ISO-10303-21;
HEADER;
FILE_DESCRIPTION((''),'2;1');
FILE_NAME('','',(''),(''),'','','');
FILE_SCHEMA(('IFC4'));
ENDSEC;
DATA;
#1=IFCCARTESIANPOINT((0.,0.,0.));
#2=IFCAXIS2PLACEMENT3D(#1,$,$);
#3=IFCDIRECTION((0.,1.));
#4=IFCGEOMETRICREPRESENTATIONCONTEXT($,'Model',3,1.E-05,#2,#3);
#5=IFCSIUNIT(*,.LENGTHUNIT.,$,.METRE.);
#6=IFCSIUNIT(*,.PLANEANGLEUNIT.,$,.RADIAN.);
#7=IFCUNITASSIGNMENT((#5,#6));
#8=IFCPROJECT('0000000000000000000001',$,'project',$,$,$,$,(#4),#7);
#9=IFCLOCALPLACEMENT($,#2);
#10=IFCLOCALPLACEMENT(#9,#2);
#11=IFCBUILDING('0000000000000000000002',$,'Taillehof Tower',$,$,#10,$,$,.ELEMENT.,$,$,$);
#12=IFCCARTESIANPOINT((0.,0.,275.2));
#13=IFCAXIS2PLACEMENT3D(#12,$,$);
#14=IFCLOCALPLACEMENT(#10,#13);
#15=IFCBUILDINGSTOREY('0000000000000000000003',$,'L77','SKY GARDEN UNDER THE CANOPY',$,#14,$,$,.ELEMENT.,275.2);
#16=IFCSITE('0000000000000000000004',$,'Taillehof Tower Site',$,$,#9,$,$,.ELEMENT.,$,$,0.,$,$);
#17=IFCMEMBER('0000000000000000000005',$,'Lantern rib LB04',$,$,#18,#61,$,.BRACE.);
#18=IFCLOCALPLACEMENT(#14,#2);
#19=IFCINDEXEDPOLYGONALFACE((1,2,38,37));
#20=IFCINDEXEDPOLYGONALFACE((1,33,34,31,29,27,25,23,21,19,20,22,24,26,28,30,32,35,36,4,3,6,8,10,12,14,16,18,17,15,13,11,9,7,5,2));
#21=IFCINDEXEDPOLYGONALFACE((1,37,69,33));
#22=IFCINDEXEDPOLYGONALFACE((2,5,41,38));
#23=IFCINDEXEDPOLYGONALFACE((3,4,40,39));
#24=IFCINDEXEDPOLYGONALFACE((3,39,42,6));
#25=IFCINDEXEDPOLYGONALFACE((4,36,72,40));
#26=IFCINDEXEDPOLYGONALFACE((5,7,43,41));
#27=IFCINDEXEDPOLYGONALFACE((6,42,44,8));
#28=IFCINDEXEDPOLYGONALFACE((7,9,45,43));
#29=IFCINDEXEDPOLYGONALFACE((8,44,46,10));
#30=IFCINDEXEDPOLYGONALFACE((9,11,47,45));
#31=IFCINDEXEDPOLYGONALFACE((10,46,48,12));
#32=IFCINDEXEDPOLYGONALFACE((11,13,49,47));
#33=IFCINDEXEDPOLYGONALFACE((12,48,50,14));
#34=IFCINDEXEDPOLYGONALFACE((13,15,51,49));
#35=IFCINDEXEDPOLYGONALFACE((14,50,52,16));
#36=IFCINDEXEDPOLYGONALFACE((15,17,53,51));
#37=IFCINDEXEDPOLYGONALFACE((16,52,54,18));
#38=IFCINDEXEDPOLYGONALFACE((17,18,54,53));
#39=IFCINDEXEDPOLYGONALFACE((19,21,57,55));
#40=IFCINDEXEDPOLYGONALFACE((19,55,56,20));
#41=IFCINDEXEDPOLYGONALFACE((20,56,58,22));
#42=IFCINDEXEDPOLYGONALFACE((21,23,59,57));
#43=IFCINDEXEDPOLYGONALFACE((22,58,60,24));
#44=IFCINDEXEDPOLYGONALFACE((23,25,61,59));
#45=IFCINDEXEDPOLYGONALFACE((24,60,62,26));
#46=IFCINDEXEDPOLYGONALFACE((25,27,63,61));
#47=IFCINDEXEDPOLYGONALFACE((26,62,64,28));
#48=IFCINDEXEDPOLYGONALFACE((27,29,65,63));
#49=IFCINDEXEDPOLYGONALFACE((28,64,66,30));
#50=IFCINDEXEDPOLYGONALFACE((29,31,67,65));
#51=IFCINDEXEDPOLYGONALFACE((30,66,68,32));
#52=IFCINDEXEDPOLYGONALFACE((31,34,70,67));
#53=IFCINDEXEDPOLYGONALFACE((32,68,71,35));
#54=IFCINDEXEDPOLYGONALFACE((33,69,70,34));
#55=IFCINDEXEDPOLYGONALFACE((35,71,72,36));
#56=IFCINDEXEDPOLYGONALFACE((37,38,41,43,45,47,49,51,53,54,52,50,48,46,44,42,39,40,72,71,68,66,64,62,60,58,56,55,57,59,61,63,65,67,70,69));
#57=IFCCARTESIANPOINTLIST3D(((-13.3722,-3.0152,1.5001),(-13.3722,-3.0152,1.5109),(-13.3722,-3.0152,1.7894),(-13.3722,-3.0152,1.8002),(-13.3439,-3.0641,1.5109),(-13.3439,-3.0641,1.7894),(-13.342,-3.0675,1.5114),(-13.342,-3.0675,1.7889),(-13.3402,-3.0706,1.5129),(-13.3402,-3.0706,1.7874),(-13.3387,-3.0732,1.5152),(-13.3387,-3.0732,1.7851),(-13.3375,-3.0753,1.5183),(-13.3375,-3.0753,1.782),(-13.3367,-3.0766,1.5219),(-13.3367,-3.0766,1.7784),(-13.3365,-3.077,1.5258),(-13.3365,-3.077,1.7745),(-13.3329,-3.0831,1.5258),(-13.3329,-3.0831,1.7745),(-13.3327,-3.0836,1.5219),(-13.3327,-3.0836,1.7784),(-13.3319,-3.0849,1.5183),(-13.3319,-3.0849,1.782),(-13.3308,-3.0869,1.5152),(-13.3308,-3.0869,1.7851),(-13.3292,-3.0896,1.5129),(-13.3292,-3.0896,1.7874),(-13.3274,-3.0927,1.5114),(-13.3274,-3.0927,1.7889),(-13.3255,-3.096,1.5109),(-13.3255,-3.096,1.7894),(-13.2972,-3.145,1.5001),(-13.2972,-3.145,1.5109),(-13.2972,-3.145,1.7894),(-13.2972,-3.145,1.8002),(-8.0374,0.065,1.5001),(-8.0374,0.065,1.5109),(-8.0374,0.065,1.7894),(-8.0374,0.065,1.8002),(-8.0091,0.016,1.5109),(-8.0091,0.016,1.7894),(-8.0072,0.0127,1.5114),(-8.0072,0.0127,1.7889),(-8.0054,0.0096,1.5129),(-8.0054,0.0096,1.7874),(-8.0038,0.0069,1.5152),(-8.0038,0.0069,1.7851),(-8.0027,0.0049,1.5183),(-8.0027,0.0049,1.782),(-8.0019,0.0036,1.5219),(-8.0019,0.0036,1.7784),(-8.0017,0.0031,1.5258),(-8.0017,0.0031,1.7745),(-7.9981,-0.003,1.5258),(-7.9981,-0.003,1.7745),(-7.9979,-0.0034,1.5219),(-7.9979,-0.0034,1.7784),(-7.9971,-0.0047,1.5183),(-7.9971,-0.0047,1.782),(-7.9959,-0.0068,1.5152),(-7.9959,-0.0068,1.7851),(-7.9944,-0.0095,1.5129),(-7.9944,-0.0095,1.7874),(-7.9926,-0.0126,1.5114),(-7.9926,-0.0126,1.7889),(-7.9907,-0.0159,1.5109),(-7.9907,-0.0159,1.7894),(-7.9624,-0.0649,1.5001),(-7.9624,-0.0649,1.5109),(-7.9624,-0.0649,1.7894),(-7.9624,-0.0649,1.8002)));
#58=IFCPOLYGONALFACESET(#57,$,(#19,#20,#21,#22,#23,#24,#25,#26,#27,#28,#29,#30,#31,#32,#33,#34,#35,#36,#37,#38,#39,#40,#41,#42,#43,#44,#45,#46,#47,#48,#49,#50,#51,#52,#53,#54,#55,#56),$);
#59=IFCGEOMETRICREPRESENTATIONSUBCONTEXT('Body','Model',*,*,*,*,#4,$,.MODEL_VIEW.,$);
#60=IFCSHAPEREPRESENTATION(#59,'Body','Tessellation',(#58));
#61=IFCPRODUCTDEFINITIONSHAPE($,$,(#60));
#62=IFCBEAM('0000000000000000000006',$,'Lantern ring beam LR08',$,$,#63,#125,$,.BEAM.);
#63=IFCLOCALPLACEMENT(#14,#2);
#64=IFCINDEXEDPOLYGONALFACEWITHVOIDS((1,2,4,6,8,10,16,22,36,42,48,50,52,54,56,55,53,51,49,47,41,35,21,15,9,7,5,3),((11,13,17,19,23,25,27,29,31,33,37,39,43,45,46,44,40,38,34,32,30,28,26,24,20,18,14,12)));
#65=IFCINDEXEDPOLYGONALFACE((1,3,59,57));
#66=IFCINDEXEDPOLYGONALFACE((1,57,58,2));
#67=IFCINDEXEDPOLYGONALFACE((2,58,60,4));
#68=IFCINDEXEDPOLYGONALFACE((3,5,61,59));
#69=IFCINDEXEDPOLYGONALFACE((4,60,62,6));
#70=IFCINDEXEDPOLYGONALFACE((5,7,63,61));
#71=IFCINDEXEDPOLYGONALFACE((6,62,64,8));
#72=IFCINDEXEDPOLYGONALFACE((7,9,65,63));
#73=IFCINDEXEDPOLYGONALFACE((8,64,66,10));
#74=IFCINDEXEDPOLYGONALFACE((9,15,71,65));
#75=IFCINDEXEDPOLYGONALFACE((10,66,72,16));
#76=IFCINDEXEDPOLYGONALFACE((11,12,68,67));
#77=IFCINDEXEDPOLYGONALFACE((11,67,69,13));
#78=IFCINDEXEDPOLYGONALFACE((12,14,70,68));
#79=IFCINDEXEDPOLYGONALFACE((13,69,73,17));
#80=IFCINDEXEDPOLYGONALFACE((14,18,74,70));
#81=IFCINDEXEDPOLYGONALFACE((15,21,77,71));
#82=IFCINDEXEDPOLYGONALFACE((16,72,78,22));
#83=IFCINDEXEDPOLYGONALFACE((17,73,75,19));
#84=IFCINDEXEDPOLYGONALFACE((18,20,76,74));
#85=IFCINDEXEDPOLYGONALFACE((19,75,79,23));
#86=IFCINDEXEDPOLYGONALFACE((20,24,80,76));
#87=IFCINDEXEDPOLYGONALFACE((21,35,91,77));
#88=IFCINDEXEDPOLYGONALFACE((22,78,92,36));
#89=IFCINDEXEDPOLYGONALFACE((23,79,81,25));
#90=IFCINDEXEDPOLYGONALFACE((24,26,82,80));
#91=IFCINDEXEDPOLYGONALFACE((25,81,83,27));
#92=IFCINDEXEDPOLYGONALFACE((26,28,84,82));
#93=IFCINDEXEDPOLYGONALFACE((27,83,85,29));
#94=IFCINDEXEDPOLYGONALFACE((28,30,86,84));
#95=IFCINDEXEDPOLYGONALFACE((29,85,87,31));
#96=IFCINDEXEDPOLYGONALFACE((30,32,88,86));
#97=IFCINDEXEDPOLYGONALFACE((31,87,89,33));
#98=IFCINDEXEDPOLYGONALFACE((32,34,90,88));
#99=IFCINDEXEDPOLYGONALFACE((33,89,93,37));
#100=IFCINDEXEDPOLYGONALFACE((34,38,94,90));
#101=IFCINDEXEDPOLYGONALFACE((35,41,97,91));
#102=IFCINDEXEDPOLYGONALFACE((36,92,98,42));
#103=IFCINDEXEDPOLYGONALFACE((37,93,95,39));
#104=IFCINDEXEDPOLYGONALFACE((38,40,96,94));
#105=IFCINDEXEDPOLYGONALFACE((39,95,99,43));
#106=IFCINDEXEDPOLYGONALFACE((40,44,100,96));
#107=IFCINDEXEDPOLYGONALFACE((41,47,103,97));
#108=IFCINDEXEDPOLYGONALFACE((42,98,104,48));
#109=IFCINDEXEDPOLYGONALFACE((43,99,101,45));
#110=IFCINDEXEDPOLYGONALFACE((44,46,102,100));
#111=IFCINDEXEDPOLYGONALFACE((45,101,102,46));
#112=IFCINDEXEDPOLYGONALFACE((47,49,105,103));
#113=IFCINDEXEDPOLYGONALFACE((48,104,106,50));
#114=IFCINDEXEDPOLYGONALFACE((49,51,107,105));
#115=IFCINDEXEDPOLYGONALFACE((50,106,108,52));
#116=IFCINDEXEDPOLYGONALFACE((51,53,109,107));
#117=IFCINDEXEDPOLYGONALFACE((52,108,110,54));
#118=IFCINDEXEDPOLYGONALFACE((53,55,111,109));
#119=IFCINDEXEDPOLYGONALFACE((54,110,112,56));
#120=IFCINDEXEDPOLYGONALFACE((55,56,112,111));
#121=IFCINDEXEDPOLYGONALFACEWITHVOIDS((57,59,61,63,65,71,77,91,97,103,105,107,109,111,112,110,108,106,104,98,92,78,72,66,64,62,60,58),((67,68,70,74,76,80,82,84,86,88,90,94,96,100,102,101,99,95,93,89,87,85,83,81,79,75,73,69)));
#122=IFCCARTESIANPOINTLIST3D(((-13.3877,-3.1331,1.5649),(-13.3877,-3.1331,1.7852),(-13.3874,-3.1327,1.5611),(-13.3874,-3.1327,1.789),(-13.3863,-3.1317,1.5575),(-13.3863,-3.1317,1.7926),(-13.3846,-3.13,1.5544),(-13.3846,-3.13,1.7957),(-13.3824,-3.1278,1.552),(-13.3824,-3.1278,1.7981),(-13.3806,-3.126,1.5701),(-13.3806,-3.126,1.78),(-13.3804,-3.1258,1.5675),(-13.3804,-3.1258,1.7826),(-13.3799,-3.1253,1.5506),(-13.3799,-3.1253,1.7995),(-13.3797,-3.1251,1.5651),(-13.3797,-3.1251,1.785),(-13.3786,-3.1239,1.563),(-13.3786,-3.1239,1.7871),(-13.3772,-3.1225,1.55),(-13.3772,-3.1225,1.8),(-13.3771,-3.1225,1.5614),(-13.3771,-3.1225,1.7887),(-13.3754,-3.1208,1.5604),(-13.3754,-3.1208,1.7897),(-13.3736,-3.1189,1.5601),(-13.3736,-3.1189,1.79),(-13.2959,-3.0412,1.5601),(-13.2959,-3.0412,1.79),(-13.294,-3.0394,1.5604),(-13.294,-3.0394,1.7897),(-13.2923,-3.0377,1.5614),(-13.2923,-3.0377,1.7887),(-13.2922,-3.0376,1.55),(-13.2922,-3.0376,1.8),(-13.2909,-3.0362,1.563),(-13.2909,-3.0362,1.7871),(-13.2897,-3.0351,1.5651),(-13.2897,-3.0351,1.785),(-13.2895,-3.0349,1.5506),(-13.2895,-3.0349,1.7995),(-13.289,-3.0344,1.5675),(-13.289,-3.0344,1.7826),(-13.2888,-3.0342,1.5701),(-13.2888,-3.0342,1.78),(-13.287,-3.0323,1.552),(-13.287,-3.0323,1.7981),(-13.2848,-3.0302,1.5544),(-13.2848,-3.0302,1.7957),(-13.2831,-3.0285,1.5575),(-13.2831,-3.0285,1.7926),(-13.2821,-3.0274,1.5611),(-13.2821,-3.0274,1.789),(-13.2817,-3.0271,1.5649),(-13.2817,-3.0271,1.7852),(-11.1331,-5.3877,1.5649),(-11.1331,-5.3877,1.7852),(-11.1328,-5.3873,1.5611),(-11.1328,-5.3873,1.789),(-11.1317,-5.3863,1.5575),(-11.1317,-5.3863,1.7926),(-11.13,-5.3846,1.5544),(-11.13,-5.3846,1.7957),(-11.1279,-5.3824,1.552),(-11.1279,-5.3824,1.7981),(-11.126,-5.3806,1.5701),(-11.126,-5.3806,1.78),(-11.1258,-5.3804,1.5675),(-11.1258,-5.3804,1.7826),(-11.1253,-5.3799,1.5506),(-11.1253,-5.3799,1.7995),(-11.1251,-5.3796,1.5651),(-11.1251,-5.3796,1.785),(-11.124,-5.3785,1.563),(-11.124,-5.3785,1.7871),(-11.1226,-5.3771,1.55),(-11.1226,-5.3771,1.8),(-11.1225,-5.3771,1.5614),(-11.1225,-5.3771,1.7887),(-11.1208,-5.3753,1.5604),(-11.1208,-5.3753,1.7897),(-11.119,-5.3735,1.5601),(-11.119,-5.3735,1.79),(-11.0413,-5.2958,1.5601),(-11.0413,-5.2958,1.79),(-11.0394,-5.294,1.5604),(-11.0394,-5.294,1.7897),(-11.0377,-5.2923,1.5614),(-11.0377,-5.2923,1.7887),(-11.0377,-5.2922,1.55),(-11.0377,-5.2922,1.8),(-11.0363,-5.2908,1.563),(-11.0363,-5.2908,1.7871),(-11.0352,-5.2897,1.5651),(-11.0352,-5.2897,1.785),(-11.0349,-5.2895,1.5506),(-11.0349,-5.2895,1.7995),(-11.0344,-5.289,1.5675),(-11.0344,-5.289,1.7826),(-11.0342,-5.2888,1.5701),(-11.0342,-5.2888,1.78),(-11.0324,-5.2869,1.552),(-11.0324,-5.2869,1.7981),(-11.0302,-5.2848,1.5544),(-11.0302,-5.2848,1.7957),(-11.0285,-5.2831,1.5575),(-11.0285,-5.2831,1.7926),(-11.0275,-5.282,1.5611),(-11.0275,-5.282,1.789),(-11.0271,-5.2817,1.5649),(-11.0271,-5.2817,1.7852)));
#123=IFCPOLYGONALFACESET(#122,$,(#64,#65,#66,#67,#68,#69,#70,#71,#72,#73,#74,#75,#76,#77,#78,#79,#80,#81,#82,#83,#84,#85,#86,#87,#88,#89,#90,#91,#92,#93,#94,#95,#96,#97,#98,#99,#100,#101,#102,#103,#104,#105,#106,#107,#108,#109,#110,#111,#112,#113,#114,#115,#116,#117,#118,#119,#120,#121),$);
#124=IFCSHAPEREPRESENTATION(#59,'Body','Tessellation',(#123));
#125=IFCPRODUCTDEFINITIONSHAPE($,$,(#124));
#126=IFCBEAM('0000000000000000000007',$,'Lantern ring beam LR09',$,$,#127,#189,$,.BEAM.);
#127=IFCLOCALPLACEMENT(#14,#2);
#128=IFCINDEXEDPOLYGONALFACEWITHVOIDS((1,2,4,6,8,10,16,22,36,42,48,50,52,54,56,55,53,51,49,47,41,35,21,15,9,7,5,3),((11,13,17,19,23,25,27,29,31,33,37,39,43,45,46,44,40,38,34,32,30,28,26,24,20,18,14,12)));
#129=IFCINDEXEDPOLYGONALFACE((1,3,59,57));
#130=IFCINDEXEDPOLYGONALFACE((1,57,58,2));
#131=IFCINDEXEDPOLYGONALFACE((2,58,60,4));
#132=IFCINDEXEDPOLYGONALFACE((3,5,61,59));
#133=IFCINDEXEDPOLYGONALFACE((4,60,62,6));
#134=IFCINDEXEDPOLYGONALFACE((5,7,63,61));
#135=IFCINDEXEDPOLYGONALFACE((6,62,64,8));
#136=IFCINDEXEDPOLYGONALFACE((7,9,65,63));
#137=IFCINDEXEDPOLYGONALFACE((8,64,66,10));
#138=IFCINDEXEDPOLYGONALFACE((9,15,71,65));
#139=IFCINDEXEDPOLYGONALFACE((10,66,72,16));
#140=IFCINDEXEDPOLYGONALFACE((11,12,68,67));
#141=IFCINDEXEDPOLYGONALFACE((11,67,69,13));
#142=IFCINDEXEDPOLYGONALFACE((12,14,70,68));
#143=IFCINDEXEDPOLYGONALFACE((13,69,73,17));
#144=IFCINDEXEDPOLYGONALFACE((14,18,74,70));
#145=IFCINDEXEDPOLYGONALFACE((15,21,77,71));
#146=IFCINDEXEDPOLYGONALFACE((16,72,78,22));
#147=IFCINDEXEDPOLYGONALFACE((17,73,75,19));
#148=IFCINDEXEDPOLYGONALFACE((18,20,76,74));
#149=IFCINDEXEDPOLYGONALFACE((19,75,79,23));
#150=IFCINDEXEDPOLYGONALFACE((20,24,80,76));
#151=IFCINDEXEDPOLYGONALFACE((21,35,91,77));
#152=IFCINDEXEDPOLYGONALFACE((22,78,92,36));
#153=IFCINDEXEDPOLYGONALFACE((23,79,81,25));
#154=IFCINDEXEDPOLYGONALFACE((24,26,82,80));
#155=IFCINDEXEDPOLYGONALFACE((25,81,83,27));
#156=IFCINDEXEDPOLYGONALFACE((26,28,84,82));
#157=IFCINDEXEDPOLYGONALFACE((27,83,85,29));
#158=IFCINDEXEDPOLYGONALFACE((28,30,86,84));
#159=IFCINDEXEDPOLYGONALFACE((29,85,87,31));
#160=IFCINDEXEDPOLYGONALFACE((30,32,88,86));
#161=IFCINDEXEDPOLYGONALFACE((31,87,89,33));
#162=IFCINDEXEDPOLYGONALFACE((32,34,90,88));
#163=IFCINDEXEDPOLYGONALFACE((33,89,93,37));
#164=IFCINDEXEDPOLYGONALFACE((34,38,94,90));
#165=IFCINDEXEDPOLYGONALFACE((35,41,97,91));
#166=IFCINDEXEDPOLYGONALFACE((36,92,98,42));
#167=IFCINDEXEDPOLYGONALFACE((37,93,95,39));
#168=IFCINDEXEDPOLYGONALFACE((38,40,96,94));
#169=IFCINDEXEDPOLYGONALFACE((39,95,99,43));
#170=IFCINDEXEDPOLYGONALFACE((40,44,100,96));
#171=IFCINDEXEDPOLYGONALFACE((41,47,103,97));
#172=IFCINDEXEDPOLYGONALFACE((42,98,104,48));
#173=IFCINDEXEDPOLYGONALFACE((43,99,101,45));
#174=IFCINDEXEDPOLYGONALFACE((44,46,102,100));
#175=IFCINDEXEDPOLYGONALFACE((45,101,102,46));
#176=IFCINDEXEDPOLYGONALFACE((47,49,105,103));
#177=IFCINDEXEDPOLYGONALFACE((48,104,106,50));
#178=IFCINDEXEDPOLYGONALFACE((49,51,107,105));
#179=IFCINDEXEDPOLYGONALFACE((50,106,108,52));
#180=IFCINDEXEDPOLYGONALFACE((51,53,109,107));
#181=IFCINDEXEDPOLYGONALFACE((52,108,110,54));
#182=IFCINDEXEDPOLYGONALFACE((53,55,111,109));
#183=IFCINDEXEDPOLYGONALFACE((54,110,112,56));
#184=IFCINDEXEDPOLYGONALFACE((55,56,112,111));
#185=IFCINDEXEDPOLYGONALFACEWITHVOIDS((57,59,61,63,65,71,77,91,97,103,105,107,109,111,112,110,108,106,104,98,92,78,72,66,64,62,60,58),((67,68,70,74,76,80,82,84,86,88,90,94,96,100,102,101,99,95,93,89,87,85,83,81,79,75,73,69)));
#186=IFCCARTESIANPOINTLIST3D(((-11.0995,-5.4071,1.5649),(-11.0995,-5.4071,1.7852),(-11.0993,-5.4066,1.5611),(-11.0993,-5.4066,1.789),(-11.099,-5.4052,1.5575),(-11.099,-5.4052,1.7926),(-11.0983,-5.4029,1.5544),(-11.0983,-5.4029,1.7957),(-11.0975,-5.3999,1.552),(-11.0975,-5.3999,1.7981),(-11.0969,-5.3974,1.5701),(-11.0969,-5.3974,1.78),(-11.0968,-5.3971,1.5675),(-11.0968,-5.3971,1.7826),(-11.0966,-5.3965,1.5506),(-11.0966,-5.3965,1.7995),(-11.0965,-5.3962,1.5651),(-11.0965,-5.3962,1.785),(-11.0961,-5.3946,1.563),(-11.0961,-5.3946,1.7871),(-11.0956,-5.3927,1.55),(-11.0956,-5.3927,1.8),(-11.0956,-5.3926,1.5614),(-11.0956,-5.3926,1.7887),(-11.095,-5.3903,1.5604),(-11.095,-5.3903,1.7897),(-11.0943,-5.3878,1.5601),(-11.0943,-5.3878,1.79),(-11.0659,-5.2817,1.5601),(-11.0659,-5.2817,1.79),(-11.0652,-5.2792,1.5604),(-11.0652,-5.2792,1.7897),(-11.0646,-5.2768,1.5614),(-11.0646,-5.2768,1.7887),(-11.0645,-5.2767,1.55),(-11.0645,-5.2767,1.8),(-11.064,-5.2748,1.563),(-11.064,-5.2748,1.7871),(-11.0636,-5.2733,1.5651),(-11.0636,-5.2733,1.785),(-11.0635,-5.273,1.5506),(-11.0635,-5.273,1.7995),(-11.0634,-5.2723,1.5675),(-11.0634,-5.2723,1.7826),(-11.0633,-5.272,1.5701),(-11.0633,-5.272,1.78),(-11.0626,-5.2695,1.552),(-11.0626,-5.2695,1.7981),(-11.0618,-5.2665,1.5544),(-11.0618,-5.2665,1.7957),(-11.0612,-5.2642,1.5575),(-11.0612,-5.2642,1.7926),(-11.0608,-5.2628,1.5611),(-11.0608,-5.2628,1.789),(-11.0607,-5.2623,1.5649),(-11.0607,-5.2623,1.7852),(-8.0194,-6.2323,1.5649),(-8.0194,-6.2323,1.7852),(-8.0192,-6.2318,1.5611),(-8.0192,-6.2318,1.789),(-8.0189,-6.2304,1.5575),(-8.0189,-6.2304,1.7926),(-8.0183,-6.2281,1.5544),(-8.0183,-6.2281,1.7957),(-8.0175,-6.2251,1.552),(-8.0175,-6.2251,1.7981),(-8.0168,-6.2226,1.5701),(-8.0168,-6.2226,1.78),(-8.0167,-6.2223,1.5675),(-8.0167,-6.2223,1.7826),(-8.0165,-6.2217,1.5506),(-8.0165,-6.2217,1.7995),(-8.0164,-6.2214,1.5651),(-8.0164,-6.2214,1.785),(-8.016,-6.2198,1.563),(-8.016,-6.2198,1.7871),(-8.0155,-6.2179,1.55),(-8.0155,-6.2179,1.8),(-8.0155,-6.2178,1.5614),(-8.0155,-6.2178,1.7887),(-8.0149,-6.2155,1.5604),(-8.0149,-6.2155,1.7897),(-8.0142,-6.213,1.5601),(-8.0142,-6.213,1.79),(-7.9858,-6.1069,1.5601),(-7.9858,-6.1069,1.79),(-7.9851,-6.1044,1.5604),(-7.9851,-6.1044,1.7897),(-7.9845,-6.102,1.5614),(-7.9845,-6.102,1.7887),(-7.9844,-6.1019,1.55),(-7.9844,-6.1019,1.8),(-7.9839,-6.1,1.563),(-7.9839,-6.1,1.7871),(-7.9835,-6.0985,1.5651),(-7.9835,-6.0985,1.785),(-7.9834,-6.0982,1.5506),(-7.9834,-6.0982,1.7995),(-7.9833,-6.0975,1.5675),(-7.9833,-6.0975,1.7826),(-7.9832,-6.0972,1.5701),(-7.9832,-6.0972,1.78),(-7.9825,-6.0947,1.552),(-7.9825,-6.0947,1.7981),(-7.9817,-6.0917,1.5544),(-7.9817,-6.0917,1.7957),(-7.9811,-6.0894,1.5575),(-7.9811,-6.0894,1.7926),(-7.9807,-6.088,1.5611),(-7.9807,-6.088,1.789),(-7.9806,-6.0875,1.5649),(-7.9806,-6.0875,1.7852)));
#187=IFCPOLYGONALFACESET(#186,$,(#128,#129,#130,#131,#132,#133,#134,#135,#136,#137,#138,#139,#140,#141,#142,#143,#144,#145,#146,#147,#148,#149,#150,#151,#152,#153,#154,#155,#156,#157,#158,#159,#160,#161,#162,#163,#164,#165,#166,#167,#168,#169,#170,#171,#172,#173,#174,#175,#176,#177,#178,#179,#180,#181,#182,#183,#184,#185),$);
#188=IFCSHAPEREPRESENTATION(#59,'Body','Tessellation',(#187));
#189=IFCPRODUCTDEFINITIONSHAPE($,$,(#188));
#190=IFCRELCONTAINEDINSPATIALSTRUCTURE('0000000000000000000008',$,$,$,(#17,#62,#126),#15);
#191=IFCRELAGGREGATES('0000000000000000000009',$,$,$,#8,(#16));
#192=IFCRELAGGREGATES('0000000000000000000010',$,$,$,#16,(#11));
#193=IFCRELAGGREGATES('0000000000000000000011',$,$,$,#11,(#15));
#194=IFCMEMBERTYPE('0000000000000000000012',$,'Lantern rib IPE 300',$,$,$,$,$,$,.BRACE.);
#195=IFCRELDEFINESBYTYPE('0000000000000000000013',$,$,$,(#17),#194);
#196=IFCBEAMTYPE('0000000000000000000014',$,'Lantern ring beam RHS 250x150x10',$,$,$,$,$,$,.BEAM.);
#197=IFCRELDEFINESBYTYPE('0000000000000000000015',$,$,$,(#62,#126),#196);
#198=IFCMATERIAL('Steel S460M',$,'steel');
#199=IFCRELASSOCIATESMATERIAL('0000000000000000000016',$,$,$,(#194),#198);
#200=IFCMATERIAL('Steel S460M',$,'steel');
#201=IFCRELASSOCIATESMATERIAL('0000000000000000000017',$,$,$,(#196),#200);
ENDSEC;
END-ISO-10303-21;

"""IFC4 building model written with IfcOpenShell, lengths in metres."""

from ifc_helpers import new_model, si_unit, direction, frame, origin, origin_2d, place, context, subcontext, project, spatial, hollow_rectangle, i_section, extrude, material, material_profile, profile_set, type_object, element, save


model = new_model("IFC4")

# Units and contexts
model_context = context("Model", 3, precision=1e-05, world=origin(), true_north=direction((0.0, 1.0)))
body_context = subcontext(model_context, "Body", "Model", "MODEL_VIEW")
ifc_project = project(units=[si_unit("LENGTHUNIT", "METRE"), si_unit("PLANEANGLEUNIT", "RADIAN")], contexts=[model_context])

# Site, building, storey
site_placement = place(None, origin())
site = spatial("IfcSite", under=ifc_project, at=site_placement, Name="Taillehof Tower Site", CompositionType="ELEMENT", RefElevation=0.0)
building_placement = place(site_placement, origin())
building = spatial("IfcBuilding", under=site, at=building_placement, Name="Taillehof Tower", CompositionType="ELEMENT")
storey_placement = place(building_placement, frame((0.0, 0.0, 275.2)))
storey = spatial("IfcBuildingStorey", under=building, at=storey_placement, Name="L77", Description="SKY GARDEN UNDER THE CANOPY", CompositionType="ELEMENT", Elevation=275.2)

# Member
ifc_material_1 = material(Name="Steel S460M", Category="steel")
ifc_material_profile_1 = material_profile(ifc_material_1, i_section(OverallWidth=0.1499, OverallDepth=0.3, WebThickness=0.0071, FlangeThickness=0.0107, FilletRadius=0.0149, at=origin_2d()), Name="IPE 300")
ifc_profile_set_1 = profile_set([ifc_material_profile_1], Name="Steel S460M")
member_type_1 = type_object("IfcMemberType", Name="Lantern rib IPE 300", PredefinedType="BRACE", material=ifc_profile_set_1)
member_1_placement = place(storey_placement, frame((-13.3347, -3.0801, 1.6501), z_axis=(0.86602, 0.500009, 0.0), x_axis=(-0.500009, 0.86602, 0.0)))
element("IfcMember", 1, at=member_1_placement, inside=storey, type_object=member_type_1, Name="Lantern rib LB04", PredefinedType="BRACE", context=body_context, shape_type="SweptSolid", body=[
    extrude(i_section(OverallWidth=0.1499, OverallDepth=0.3, WebThickness=0.0071, FlangeThickness=0.0107, FilletRadius=0.0149, at=origin_2d()), origin(), (0.0, 0.0, 1.0), 6.1602),
])

# Beams
ifc_material_2 = material(Name="Steel S460M", Category="steel")
ifc_material_profile_2 = material_profile(ifc_material_2, hollow_rectangle(XDim=0.1499, YDim=0.25, WallThickness=0.01, InnerFilletRadius=0.01, OuterFilletRadius=0.0149, at=origin_2d()), Name="RHS 250x150x10")
ifc_profile_set_2 = profile_set([ifc_material_profile_2], Name="Steel S460M")
beam_type = type_object("IfcBeamType", Name="Lantern ring beam RHS 250x150x10", PredefinedType="BEAM", material=ifc_profile_set_2)
beam_1_placement = place(storey_placement, frame((-13.3347, -3.0801, 1.675), z_axis=(0.707107, -0.707107, 0.0), x_axis=(0.707107, 0.707107, 0.0)))
element("IfcBeam", 2, at=beam_1_placement, inside=storey, type_object=beam_type, Name="Lantern ring beam LR08", PredefinedType="BEAM", context=body_context, shape_type="SweptSolid", body=[
    extrude(hollow_rectangle(XDim=0.1499, YDim=0.25, WallThickness=0.01, InnerFilletRadius=0.01, OuterFilletRadius=0.0149, at=origin_2d()), origin(), (0.0, 0.0, 1.0), 3.1885),
])
beam_2_placement = place(storey_placement, frame((-11.0801, -5.3347, 1.675), z_axis=(0.965934, -0.258787, 0.0), x_axis=(0.258787, 0.965934, 0.0)))
element("IfcBeam", 3, at=beam_2_placement, inside=storey, type_object=beam_type, Name="Lantern ring beam LR09", PredefinedType="BEAM", context=body_context, shape_type="SweptSolid", body=[
    extrude(hollow_rectangle(XDim=0.1499, YDim=0.25, WallThickness=0.01, InnerFilletRadius=0.01, OuterFilletRadius=0.0149, at=origin_2d()), origin(), (0.0, 0.0, 1.0), 3.1887),
])

save(model, "model.ifc")
